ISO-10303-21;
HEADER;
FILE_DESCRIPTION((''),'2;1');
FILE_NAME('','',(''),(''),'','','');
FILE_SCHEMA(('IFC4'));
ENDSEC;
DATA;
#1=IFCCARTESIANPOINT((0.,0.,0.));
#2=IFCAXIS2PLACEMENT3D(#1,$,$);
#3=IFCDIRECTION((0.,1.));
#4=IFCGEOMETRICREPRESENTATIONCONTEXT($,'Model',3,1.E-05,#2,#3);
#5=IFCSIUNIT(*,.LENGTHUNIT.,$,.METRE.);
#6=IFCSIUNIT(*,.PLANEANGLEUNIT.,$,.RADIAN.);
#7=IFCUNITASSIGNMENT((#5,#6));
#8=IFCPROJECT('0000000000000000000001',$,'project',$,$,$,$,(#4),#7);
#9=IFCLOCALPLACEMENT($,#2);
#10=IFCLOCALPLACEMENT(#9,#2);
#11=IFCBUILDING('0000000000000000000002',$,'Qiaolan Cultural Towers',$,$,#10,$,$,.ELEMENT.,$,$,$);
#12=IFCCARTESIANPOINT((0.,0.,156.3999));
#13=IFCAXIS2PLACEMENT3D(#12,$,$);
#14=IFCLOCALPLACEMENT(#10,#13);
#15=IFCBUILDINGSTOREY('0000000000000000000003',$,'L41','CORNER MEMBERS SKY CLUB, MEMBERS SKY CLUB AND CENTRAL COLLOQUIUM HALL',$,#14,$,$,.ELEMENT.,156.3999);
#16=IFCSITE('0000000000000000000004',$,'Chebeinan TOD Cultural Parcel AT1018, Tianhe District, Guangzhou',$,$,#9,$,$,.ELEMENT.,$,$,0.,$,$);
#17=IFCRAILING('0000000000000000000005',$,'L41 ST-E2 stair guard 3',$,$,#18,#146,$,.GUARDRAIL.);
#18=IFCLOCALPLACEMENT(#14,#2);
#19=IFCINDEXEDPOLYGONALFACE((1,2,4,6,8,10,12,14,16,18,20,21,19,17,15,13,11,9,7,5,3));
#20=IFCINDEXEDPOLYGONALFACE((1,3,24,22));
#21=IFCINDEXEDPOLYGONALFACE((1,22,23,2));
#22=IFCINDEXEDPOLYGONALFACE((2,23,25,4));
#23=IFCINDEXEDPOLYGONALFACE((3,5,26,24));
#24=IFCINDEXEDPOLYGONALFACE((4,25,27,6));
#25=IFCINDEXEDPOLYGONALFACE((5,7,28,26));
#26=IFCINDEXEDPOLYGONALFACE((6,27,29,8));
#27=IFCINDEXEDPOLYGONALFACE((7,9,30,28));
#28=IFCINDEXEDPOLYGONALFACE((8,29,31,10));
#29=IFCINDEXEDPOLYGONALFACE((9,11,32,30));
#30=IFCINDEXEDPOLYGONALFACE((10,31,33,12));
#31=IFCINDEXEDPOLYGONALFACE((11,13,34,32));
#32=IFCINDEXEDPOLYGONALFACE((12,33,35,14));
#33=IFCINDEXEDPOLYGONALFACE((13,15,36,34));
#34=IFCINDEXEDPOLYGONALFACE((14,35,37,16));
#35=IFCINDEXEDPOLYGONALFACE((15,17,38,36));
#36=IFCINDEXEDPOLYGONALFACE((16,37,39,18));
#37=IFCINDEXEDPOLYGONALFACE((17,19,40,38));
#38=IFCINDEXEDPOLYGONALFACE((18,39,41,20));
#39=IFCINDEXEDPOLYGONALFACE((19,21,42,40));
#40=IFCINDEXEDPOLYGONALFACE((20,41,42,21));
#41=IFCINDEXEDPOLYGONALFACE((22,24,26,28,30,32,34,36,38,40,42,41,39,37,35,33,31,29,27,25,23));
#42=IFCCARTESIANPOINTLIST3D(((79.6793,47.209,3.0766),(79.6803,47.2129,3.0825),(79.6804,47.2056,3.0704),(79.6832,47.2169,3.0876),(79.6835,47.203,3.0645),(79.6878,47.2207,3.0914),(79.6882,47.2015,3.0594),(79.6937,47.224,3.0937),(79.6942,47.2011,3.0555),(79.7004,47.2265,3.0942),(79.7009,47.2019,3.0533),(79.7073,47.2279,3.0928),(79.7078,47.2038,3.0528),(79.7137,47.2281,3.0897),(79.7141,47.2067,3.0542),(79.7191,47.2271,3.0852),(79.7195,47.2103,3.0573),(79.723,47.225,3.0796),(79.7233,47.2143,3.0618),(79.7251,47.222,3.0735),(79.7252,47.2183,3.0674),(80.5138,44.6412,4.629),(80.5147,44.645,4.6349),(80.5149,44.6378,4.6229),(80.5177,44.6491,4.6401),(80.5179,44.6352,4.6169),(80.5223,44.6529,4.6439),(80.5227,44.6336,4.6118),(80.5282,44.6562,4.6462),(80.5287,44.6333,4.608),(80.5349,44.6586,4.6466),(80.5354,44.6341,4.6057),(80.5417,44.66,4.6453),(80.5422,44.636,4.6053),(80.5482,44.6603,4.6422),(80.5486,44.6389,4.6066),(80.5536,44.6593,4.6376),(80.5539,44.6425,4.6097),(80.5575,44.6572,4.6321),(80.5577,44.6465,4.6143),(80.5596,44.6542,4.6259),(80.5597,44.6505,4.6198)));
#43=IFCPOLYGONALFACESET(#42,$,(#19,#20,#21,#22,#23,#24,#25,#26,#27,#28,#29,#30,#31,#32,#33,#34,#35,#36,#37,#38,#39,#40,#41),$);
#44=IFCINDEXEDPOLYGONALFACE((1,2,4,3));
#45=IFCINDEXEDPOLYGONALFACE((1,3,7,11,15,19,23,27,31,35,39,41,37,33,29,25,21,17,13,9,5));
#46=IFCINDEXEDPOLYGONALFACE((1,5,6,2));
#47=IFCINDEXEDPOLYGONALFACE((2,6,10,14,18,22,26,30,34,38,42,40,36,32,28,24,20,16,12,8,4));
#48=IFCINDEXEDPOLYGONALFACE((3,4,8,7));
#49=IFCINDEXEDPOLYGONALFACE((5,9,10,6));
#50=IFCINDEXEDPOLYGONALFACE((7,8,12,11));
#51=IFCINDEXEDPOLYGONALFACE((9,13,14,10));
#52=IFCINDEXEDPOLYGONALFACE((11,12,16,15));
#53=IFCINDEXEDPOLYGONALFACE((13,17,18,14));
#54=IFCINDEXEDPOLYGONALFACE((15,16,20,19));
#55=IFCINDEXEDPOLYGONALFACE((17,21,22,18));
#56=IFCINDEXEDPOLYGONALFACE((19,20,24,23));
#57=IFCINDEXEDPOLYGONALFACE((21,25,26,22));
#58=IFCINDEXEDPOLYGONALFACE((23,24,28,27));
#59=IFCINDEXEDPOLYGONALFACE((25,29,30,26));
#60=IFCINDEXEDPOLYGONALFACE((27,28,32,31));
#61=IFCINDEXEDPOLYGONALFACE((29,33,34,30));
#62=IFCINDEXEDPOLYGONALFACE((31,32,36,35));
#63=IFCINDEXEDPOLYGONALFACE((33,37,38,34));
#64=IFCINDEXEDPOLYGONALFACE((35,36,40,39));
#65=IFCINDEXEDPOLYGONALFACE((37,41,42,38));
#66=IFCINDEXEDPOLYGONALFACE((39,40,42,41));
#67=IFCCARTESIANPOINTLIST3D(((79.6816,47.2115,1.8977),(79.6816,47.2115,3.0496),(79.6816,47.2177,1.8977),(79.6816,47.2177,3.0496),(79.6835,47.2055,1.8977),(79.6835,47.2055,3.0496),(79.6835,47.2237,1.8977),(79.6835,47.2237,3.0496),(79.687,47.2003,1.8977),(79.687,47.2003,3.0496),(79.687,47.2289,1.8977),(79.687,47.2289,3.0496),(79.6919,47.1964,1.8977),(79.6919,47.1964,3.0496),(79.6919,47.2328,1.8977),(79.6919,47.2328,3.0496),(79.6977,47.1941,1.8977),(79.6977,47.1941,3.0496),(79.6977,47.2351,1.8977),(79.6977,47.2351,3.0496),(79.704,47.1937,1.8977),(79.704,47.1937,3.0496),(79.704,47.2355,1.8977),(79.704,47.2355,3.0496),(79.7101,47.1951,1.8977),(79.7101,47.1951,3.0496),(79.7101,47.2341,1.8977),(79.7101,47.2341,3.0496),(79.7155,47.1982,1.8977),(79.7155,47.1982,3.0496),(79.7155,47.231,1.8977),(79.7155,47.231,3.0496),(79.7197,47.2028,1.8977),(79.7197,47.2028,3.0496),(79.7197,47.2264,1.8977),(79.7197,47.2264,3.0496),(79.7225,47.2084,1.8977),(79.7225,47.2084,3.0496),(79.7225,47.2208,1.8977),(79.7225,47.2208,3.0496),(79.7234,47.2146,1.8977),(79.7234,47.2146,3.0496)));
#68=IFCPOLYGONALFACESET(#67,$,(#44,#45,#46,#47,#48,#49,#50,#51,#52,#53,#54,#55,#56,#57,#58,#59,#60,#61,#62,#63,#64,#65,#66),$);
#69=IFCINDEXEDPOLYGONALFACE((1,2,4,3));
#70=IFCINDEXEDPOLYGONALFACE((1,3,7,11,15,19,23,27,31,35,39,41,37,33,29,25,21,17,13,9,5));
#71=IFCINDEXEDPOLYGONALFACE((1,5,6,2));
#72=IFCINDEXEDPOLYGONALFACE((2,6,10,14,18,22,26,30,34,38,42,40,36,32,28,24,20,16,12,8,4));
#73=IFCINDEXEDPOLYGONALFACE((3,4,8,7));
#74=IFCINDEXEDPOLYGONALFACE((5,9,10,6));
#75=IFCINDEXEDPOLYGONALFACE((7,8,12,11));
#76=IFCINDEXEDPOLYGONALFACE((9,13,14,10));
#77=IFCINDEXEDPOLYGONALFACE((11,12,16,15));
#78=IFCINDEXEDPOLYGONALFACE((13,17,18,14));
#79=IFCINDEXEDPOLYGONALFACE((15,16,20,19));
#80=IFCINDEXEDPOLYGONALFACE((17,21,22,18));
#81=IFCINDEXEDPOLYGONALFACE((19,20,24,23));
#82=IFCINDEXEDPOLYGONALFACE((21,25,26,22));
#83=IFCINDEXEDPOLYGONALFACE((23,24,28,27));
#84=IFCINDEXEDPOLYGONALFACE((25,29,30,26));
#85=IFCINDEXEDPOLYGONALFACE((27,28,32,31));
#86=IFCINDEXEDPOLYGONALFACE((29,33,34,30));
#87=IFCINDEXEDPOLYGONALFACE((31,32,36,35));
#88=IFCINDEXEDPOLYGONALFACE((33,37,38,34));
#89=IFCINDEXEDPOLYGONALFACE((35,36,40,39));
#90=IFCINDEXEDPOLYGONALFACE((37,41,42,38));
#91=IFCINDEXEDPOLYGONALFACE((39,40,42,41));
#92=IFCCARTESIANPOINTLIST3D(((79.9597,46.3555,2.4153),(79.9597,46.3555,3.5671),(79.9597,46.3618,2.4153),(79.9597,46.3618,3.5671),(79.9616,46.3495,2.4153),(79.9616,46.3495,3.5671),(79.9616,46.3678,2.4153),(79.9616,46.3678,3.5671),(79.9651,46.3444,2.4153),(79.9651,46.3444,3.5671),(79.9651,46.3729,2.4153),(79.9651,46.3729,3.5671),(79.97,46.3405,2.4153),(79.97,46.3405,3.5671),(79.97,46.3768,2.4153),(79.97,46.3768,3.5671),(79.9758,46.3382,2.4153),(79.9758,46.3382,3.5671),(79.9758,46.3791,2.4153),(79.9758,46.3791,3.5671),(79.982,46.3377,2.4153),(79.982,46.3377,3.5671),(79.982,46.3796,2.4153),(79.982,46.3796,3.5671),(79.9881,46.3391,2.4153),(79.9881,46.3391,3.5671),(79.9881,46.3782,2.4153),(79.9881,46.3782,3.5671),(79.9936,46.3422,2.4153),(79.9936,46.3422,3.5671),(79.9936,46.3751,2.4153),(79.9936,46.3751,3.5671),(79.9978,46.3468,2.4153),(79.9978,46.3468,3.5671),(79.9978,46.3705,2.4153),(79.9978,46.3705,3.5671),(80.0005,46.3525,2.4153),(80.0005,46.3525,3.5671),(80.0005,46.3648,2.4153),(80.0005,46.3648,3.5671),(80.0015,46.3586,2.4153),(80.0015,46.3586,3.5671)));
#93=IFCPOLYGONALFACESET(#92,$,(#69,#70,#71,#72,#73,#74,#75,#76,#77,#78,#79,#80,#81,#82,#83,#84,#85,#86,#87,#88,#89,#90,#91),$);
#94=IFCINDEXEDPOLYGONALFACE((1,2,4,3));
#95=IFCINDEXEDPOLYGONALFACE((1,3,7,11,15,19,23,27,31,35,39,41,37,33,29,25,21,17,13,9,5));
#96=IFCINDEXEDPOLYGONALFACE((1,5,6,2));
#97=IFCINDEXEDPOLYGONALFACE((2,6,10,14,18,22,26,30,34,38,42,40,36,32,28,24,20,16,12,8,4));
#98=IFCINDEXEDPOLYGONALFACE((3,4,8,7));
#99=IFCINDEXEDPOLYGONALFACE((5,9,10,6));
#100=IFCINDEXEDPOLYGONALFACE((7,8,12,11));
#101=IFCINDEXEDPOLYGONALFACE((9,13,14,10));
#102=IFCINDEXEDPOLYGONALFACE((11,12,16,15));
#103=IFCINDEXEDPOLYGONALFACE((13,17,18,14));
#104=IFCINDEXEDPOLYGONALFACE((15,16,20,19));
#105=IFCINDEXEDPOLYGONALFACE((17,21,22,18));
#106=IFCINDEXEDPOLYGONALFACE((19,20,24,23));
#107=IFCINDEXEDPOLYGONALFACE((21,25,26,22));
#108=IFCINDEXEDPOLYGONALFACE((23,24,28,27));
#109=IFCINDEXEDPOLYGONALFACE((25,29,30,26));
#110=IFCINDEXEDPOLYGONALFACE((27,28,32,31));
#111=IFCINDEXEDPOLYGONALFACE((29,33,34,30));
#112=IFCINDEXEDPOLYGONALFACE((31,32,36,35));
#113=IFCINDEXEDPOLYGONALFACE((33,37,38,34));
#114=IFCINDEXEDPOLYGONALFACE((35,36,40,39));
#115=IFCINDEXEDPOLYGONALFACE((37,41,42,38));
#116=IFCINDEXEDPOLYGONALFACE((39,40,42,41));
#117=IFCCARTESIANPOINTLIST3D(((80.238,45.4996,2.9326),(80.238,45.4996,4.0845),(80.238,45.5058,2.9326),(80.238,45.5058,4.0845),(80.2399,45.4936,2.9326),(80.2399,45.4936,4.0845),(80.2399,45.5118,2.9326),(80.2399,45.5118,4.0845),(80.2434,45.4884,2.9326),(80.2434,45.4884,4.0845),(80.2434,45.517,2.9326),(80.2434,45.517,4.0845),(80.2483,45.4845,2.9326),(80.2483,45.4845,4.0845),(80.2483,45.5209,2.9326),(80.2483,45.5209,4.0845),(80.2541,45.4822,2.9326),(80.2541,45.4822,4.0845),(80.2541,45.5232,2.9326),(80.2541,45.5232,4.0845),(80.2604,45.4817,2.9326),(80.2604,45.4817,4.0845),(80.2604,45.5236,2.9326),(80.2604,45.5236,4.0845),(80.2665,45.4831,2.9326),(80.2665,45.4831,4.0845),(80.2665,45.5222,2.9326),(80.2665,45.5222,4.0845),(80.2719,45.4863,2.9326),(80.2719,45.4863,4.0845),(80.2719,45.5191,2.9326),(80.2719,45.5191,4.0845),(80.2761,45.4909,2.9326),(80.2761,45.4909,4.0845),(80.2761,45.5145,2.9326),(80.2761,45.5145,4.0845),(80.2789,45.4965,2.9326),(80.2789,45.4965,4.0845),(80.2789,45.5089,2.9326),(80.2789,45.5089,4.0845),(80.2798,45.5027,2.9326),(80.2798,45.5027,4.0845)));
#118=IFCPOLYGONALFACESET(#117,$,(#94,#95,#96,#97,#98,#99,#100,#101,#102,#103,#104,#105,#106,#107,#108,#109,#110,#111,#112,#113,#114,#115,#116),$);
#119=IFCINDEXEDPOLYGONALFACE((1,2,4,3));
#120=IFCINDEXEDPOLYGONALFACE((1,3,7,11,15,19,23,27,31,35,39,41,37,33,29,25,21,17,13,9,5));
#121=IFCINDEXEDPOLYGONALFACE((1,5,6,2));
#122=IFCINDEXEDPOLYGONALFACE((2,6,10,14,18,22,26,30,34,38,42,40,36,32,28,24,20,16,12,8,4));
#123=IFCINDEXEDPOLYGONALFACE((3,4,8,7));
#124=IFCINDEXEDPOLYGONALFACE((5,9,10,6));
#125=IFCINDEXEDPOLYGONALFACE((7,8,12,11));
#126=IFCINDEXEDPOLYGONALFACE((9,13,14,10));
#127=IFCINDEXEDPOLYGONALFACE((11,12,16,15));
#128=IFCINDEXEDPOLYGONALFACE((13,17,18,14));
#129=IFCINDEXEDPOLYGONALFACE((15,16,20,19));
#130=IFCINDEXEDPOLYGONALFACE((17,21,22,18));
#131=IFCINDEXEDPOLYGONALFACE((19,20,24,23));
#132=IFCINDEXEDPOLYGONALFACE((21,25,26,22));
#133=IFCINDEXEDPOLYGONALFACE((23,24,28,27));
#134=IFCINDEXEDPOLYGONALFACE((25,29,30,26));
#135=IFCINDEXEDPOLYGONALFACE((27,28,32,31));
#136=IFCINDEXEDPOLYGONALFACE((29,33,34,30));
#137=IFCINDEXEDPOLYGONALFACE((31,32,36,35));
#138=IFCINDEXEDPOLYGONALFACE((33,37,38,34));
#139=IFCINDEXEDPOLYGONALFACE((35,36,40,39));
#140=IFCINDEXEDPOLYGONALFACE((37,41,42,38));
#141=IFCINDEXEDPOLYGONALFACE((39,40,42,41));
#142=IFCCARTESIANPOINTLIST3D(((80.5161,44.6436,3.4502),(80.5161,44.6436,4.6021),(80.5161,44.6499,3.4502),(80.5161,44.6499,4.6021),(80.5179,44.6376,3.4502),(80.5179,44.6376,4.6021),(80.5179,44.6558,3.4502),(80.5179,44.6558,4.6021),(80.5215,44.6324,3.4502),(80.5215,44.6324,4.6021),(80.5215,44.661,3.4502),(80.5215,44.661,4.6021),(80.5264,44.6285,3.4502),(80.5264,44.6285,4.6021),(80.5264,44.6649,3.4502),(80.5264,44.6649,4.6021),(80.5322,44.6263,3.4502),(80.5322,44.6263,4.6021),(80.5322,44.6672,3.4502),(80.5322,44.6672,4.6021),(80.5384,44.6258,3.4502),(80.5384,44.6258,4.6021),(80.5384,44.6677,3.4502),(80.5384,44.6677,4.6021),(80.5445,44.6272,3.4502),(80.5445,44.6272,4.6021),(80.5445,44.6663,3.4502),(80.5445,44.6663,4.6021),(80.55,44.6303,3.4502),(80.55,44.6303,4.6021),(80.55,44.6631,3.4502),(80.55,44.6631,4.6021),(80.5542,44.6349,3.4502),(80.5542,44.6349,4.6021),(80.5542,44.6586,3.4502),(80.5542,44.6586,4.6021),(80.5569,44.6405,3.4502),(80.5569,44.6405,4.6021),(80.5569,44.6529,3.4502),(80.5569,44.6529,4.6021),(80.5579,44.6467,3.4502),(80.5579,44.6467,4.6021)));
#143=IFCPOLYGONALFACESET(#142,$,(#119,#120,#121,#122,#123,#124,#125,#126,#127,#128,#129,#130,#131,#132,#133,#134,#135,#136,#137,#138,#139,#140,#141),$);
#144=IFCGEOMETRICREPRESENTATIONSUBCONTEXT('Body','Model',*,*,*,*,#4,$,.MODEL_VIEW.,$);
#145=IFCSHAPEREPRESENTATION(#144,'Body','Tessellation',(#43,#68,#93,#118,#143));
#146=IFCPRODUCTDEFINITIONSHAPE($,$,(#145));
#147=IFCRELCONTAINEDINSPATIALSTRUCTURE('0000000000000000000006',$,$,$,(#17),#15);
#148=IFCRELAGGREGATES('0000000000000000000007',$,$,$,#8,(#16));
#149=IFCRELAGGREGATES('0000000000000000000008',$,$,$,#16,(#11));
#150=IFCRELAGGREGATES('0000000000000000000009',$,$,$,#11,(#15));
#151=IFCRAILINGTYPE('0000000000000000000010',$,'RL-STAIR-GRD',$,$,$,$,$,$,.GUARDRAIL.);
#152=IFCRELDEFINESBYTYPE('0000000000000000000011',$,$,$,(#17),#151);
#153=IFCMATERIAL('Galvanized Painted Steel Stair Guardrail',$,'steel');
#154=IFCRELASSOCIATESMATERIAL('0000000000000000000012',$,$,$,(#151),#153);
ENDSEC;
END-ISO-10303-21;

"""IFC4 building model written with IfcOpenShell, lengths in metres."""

from ifc_helpers import new_model, si_unit, direction, frame, origin, origin_2d, place, context, subcontext, project, spatial, circle, extrude, material, type_object, element, save


model = new_model("IFC4")

# Units and contexts
model_context = context("Model", 3, precision=1e-05, world=origin(), true_north=direction((0.0, 1.0)))
body_context = subcontext(model_context, "Body", "Model", "MODEL_VIEW")
ifc_project = project(units=[si_unit("LENGTHUNIT", "METRE"), si_unit("PLANEANGLEUNIT", "RADIAN")], contexts=[model_context])

# Site, building, storey
site_placement = place(None, origin())
site = spatial("IfcSite", under=ifc_project, at=site_placement, Name="Chebeinan TOD Cultural Parcel AT1018, Tianhe District, Guangzhou", CompositionType="ELEMENT", RefElevation=0.0)
building_placement = place(site_placement, origin())
building = spatial("IfcBuilding", under=site, at=building_placement, Name="Qiaolan Cultural Towers", CompositionType="ELEMENT")
storey_placement = place(building_placement, frame((0.0, 0.0, 156.3999)))
storey = spatial("IfcBuildingStorey", under=building, at=storey_placement, Name="L41", Description="CORNER MEMBERS SKY CLUB, MEMBERS SKY CLUB AND CENTRAL COLLOQUIUM HALL", CompositionType="ELEMENT", Elevation=156.3999)

# Railing
ifc_material_1 = material(Name="Galvanized Painted Steel Stair Guardrail", Category="steel")
railing_type_1 = type_object("IfcRailingType", Name="RL-STAIR-GRD", PredefinedType="GUARDRAIL", material=ifc_material_1)
railing_1_placement = place(storey_placement, frame((79.7024, 47.2146, 1.8977)))
element("IfcRailing", 1, at=railing_1_placement, inside=storey, type_object=railing_type_1, Name="L41 ST-E2 stair guard 3", PredefinedType="GUARDRAIL", context=body_context, shape_type="SweptSolid", body=[
    extrude(circle(Radius=0.0239, at=origin_2d()), frame((0.0, 0.0, 1.1758), z_axis=(0.267926, -0.824471, 0.498461), x_axis=(0.951043, 0.309057, 0.0)), (0.0, 0.0, 1.0), 3.1145),
    extrude(circle(Radius=0.021, at=origin_2d()), origin(), (0.0, 0.0, 1.0), 1.1519),
    extrude(circle(Radius=0.021, at=origin_2d()), frame((0.2781, -0.856, 0.5176)), (0.0, 0.0, 1.0), 1.1519),
    extrude(circle(Radius=0.021, at=origin_2d()), frame((0.5564, -1.7119, 1.0349)), (0.0, 0.0, 1.0), 1.1519),
    extrude(circle(Radius=0.021, at=origin_2d()), frame((0.8345, -2.5679, 1.5525)), (0.0, 0.0, 1.0), 1.1519),
])

save(model, "model.ifc")
